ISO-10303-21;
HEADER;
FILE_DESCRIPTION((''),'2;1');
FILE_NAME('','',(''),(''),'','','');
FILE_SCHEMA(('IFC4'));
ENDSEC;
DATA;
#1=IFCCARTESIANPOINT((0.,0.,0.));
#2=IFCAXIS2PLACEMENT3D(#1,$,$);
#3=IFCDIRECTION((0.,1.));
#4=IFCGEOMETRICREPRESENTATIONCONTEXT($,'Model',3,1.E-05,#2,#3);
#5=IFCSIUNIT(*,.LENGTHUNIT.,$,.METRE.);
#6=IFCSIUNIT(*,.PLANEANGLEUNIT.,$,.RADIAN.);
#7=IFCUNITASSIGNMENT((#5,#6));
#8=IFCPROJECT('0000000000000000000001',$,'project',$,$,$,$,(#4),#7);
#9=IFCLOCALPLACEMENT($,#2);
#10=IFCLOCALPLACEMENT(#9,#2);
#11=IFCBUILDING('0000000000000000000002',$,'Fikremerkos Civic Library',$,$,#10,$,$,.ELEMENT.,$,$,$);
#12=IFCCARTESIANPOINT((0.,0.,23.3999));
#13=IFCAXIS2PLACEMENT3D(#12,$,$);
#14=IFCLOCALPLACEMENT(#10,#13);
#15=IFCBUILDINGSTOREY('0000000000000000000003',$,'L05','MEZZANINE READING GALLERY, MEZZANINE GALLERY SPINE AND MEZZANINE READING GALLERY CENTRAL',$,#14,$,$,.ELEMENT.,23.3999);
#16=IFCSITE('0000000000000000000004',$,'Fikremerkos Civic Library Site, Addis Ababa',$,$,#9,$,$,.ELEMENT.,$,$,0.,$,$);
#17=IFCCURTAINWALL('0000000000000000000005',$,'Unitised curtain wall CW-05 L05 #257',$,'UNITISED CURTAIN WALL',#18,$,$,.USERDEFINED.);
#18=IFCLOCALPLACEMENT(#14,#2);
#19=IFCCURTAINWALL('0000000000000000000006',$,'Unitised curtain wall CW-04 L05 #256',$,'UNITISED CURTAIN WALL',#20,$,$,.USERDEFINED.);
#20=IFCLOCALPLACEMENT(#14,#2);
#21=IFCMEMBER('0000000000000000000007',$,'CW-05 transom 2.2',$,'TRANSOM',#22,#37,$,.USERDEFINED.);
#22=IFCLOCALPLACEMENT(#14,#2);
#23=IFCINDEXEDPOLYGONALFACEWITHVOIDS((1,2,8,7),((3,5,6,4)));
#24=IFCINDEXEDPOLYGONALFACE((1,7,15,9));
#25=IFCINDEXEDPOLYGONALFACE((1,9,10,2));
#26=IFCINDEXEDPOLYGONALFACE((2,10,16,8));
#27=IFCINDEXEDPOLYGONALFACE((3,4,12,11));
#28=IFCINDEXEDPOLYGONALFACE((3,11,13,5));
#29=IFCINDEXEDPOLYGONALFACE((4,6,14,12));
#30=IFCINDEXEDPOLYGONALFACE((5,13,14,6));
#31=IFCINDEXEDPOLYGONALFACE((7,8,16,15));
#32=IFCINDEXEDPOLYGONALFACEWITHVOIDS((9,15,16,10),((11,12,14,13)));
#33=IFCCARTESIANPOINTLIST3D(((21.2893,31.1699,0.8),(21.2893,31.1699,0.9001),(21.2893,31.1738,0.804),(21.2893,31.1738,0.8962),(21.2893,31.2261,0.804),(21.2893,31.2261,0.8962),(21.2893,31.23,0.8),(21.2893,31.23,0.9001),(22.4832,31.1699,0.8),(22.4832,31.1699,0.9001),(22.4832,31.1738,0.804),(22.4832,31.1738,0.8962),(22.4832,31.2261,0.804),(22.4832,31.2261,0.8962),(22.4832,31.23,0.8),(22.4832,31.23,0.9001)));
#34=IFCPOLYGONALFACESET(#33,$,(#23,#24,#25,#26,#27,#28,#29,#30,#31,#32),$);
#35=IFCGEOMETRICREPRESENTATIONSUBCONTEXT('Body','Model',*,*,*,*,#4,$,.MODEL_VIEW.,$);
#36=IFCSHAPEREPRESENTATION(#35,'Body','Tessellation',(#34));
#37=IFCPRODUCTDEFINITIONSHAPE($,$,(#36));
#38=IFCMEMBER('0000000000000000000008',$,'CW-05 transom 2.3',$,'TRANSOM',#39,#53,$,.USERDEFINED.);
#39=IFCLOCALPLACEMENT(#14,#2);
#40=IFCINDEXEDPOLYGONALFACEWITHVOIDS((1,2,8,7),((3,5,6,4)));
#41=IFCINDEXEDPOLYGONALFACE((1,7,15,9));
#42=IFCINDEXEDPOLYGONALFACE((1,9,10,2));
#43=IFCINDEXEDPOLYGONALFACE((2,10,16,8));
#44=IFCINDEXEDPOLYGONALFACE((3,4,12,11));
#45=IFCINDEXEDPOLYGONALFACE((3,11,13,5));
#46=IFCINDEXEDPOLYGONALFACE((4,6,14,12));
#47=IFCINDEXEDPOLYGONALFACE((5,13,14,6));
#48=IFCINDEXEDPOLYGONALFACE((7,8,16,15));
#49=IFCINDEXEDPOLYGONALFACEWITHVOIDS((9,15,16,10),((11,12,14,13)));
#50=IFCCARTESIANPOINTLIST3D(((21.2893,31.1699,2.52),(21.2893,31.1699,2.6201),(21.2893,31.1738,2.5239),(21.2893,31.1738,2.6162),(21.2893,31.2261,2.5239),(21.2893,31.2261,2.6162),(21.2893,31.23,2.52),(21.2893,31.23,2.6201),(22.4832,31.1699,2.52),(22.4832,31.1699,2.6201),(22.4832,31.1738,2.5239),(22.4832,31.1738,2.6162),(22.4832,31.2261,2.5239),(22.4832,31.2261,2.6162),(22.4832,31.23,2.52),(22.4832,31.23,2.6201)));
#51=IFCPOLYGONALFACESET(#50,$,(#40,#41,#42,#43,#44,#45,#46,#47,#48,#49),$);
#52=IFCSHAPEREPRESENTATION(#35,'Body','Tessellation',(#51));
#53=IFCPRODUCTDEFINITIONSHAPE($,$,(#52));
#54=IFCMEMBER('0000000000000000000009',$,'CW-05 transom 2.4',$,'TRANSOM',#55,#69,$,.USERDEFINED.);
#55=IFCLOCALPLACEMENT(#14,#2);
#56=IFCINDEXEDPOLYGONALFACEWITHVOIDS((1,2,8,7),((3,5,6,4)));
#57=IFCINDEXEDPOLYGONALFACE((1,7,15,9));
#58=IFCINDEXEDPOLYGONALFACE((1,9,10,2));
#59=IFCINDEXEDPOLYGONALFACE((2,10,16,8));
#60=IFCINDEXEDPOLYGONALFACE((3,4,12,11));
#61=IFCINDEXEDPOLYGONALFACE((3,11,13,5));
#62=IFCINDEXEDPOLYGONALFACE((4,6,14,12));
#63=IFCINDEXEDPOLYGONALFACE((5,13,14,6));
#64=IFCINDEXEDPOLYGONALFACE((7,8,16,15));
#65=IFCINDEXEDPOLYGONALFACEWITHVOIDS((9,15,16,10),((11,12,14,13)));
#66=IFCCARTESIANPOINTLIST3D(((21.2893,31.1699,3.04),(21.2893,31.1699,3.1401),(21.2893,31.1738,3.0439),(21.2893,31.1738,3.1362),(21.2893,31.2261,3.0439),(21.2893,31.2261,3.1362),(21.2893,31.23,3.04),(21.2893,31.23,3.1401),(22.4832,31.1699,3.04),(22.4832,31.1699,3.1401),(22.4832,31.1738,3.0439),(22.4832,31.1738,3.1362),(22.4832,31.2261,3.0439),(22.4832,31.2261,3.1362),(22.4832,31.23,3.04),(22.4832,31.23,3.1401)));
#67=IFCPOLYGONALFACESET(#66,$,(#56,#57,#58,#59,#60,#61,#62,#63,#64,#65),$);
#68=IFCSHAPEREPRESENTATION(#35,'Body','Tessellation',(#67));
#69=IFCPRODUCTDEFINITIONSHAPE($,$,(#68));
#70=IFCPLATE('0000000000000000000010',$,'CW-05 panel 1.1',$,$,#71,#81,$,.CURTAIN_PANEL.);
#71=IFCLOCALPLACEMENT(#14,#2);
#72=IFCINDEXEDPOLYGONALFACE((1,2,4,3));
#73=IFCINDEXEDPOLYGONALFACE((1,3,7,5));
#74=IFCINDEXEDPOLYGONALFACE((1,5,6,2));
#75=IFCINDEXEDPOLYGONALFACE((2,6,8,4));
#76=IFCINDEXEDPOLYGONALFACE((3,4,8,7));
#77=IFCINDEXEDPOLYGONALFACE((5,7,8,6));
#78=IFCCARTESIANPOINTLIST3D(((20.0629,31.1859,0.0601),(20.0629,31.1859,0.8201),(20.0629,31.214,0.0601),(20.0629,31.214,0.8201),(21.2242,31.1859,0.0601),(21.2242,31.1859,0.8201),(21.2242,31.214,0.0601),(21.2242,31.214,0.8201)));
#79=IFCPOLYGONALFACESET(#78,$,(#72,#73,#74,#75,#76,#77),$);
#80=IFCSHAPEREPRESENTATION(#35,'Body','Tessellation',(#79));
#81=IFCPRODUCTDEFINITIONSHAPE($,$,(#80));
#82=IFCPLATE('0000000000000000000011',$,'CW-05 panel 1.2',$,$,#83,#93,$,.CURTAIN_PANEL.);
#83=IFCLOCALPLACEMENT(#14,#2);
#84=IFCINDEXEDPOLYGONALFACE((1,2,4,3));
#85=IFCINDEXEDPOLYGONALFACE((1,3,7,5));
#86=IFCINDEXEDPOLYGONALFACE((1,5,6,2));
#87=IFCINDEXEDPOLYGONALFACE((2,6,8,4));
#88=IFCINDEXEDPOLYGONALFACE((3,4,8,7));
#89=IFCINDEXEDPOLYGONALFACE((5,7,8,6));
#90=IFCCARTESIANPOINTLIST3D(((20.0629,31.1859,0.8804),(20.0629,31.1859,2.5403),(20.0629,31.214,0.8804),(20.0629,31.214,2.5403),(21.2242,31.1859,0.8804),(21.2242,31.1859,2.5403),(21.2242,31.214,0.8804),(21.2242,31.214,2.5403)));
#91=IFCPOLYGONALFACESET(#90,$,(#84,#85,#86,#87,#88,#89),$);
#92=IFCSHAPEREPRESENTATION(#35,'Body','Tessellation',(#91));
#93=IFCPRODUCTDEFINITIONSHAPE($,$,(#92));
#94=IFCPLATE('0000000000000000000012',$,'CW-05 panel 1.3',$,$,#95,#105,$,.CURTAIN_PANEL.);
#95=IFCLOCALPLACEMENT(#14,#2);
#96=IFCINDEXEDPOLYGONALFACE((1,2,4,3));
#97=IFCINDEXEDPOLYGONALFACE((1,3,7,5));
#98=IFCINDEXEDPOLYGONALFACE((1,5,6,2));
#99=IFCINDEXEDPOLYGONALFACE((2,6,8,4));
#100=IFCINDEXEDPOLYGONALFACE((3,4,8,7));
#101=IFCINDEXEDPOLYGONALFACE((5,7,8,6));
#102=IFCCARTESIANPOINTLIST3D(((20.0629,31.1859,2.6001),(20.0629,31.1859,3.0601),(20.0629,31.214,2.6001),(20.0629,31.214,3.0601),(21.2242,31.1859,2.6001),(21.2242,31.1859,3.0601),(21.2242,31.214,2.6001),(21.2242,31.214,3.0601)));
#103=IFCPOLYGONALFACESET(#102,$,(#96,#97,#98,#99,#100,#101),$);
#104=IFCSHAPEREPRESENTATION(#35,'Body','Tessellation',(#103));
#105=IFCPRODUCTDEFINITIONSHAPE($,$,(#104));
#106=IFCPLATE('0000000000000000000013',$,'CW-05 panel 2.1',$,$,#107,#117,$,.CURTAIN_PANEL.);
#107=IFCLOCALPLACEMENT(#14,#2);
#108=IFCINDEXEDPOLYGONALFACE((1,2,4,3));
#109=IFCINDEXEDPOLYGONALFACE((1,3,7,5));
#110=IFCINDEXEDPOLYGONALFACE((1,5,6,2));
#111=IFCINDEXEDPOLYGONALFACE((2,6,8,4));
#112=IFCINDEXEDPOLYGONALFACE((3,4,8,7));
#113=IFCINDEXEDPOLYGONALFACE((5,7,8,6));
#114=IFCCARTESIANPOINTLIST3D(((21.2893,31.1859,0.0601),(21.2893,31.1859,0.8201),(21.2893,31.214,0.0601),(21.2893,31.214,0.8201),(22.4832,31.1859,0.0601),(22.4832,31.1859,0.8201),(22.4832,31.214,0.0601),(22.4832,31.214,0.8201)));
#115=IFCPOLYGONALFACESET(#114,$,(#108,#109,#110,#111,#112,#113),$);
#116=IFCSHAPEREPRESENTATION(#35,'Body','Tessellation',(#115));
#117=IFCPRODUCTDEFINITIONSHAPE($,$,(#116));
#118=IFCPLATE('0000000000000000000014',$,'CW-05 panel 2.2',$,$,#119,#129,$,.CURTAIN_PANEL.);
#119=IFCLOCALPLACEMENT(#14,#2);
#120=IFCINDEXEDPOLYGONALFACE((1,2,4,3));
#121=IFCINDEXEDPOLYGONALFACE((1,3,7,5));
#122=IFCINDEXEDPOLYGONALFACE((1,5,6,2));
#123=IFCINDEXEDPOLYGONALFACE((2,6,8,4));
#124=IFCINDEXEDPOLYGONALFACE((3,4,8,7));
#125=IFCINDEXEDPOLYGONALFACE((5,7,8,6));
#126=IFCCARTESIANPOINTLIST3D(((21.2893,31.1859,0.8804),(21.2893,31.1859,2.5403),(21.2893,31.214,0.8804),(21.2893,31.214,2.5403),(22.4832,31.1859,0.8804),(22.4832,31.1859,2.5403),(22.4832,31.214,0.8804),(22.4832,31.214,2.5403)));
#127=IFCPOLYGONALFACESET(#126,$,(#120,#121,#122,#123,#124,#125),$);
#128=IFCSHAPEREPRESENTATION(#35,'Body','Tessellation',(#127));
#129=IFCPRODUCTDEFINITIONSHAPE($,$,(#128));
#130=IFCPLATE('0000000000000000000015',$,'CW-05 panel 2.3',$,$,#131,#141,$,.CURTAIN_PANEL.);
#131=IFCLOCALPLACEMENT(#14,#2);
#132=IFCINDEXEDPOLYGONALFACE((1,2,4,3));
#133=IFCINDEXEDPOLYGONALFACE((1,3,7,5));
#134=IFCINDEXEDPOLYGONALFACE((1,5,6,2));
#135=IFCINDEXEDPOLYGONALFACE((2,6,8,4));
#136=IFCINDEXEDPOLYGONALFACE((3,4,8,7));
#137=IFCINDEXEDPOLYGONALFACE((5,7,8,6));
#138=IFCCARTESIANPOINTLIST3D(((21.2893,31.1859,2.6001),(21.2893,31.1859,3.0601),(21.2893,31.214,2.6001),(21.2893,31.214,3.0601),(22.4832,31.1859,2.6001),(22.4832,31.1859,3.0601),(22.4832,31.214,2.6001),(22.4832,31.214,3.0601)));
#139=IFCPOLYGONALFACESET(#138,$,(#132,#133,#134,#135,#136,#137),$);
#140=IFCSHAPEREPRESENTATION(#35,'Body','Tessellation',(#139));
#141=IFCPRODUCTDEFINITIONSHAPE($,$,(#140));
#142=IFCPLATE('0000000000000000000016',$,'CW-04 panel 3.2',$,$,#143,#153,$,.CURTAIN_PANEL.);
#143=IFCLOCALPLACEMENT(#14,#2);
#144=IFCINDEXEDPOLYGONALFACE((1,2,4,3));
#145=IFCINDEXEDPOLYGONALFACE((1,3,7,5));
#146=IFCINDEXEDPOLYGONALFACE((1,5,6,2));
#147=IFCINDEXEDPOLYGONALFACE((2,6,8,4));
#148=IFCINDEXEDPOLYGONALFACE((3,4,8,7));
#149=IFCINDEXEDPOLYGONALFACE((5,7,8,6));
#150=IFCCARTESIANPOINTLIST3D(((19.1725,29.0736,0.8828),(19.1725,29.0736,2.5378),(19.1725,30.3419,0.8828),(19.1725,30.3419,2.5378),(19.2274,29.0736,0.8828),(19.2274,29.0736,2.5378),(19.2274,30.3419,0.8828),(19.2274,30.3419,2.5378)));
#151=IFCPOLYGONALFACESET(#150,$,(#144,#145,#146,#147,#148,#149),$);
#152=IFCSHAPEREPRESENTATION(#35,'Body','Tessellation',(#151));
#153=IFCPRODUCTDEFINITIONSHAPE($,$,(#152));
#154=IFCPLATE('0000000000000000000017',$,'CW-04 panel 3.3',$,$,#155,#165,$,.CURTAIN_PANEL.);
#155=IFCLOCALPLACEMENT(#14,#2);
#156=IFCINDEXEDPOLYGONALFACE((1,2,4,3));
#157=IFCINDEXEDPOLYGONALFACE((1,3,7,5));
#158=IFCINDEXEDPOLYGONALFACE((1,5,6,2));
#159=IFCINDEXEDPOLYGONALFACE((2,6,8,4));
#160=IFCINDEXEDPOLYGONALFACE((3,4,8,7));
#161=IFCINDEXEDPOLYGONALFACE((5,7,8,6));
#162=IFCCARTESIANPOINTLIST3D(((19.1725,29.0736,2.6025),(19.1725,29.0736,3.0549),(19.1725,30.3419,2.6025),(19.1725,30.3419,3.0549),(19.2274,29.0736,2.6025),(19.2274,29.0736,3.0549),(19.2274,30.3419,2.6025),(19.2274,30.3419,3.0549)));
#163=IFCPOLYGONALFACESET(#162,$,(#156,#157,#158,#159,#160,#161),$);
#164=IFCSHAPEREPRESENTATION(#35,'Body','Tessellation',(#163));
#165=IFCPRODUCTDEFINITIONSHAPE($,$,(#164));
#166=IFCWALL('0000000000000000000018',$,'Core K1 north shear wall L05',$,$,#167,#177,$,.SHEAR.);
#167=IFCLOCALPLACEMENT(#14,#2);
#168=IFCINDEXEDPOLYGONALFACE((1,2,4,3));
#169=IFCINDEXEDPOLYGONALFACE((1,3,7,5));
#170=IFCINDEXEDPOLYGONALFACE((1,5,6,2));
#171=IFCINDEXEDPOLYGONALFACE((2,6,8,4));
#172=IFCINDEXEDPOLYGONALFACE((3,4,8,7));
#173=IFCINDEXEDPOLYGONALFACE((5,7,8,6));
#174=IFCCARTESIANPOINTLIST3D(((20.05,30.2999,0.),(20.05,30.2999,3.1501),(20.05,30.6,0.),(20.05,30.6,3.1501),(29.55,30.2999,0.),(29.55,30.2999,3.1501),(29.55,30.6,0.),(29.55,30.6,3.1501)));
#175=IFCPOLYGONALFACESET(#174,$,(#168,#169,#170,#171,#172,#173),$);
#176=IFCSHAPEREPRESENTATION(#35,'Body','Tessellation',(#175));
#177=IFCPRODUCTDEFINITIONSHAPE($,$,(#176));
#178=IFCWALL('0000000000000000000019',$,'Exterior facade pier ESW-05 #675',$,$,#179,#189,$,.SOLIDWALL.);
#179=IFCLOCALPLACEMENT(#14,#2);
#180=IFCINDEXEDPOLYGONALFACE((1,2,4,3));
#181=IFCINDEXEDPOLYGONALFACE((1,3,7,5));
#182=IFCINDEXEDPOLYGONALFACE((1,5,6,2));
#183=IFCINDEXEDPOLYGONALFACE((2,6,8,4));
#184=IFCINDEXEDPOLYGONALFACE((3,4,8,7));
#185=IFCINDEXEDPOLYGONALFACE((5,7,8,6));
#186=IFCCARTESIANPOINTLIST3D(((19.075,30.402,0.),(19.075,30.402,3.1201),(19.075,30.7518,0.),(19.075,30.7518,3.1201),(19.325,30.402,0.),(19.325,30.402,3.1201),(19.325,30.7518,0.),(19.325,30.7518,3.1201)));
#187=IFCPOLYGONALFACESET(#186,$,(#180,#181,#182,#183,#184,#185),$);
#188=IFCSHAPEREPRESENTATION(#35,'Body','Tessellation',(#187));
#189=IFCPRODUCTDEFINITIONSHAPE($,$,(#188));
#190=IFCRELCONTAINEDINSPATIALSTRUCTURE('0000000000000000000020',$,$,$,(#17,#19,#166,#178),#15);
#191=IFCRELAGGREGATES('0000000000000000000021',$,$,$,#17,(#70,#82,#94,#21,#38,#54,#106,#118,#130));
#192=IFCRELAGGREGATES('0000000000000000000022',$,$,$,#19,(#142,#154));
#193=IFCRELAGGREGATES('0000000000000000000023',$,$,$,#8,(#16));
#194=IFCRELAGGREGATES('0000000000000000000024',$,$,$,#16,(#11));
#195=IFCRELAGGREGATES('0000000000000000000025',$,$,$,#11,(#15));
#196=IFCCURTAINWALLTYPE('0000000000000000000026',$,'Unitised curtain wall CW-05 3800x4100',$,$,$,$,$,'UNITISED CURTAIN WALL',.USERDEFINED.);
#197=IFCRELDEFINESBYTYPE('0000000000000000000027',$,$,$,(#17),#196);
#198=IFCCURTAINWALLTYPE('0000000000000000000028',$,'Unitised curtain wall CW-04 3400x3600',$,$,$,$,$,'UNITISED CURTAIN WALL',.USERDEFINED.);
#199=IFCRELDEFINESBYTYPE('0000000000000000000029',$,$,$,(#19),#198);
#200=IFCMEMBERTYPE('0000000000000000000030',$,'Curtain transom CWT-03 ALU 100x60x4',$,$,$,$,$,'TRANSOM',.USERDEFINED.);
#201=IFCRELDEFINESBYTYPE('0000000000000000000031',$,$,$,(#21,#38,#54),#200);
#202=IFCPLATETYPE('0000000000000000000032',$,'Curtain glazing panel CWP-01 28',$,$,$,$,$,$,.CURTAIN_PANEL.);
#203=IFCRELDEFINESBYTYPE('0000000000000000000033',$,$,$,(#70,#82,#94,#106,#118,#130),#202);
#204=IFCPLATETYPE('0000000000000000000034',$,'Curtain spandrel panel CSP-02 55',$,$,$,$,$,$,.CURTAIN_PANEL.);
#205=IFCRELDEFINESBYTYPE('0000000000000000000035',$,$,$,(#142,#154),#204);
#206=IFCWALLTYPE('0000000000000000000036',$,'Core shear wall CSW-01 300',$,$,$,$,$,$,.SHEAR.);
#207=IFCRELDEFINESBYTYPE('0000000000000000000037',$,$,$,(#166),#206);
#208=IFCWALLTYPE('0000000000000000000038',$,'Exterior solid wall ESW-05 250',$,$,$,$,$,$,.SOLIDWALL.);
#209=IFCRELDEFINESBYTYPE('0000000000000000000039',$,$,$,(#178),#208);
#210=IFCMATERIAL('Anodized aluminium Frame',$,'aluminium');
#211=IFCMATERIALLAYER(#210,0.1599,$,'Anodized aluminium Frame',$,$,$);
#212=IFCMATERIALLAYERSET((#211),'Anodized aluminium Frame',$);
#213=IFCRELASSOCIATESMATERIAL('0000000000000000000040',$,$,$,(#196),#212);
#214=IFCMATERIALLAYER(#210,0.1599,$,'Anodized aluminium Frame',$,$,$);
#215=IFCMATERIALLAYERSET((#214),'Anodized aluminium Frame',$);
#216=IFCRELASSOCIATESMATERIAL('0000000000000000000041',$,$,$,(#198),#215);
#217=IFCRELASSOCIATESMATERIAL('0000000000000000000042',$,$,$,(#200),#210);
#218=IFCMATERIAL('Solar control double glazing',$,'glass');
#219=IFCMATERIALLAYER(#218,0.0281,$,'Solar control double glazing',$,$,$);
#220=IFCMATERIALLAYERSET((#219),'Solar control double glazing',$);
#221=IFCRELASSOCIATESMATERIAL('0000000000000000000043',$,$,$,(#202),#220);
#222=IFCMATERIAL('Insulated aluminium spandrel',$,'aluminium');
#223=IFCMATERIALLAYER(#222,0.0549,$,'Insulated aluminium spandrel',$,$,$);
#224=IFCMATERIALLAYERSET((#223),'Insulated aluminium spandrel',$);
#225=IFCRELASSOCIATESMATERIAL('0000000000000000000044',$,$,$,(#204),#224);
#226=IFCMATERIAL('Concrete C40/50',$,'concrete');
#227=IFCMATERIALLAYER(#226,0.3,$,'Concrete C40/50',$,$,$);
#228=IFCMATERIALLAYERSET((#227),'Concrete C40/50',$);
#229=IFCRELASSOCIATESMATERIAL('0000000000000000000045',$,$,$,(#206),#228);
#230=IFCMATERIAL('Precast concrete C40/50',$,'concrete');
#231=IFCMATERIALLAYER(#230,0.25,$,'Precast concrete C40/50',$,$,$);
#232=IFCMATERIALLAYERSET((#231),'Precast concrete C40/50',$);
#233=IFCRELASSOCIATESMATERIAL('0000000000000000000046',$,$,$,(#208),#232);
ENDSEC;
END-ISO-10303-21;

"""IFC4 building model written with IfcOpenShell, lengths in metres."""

from ifc_helpers import new_model, si_unit, direction, frame, frame_2d, origin, origin_2d, place, context, subcontext, project, spatial, rectangle, hollow_rectangle, extrude, material, layer, layer_set, material_profile, profile_set, type_object, element, aggregate, save


model = new_model("IFC4")

# Units and contexts
model_context = context("Model", 3, precision=1e-05, world=origin(), true_north=direction((0.0, 1.0)))
body_context = subcontext(model_context, "Body", "Model", "MODEL_VIEW")
ifc_project = project(units=[si_unit("LENGTHUNIT", "METRE"), si_unit("PLANEANGLEUNIT", "RADIAN")], contexts=[model_context])

# Site, building, storey
site_placement = place(None, origin())
site = spatial("IfcSite", under=ifc_project, at=site_placement, Name="Fikremerkos Civic Library Site, Addis Ababa", CompositionType="ELEMENT", RefElevation=0.0)
building_placement = place(site_placement, origin())
building = spatial("IfcBuilding", under=site, at=building_placement, Name="Fikremerkos Civic Library", CompositionType="ELEMENT")
storey_placement = place(building_placement, frame((0.0, 0.0, 23.3999)))
storey = spatial("IfcBuildingStorey", under=building, at=storey_placement, Name="L05", Description="MEZZANINE READING GALLERY, MEZZANINE GALLERY SPINE AND MEZZANINE READING GALLERY CENTRAL", CompositionType="ELEMENT", Elevation=23.3999)

# Curtain wall
ifc_material_1 = material(Name="Anodized aluminium Frame", Category="aluminium")
ifc_layer_1 = layer(ifc_material_1, 0.1599, Name="Anodized aluminium Frame")
ifc_layer_set_1 = layer_set([ifc_layer_1], Name="Anodized aluminium Frame")
curtain_wall_type_1 = type_object("IfcCurtainWallType", Name="Unitised curtain wall CW-05 3800x4100", ElementType="UNITISED CURTAIN WALL", PredefinedType="USERDEFINED", material=ifc_layer_set_1)
curtain_wall_1_placement = place(storey_placement, origin())
curtain_wall_1 = element("IfcCurtainWall", 1, at=curtain_wall_1_placement, inside=storey, type_object=curtain_wall_type_1, Name="Unitised curtain wall CW-05 L05 #257", ObjectType="UNITISED CURTAIN WALL", PredefinedType="USERDEFINED")

# Curtain wall
ifc_layer_2 = layer(ifc_material_1, 0.1599, Name="Anodized aluminium Frame")
ifc_layer_set_2 = layer_set([ifc_layer_2], Name="Anodized aluminium Frame")
curtain_wall_type_2 = type_object("IfcCurtainWallType", Name="Unitised curtain wall CW-04 3400x3600", ElementType="UNITISED CURTAIN WALL", PredefinedType="USERDEFINED", material=ifc_layer_set_2)
curtain_wall_2_placement = place(storey_placement, origin())
curtain_wall_2 = element("IfcCurtainWall", 2, at=curtain_wall_2_placement, inside=storey, type_object=curtain_wall_type_2, Name="Unitised curtain wall CW-04 L05 #256", ObjectType="UNITISED CURTAIN WALL", PredefinedType="USERDEFINED")

# Members
ifc_material_profile_1 = material_profile(ifc_material_1, hollow_rectangle(XDim=0.0601, YDim=0.1001, WallThickness=0.0039, at=origin_2d()), Name="ALU 100x60x4")
ifc_profile_set_1 = profile_set([ifc_material_profile_1], Name="Anodized aluminium Frame")
member_type_1 = type_object("IfcMemberType", Name="Curtain transom CWT-03 ALU 100x60x4", ElementType="TRANSOM", PredefinedType="USERDEFINED", material=ifc_profile_set_1)
member_1_placement = place(storey_placement, frame((21.2893, 31.2, 0.8501), z_axis=(1.0, 0.0, 0.0), x_axis=(0.0, 1.0, 0.0)))
member_1 = element("IfcMember", 3, at=member_1_placement, type_object=member_type_1, Name="CW-05 transom 2.2", ObjectType="TRANSOM", PredefinedType="USERDEFINED", context=body_context, shape_type="SweptSolid", body=[
    extrude(hollow_rectangle(XDim=0.0601, YDim=0.1001, WallThickness=0.0039, at=origin_2d()), origin(), (0.0, 0.0, 1.0), 1.1938),
])
member_2_placement = place(storey_placement, frame((21.2893, 31.2, 2.5701), z_axis=(1.0, 0.0, 0.0), x_axis=(0.0, 1.0, 0.0)))
member_2 = element("IfcMember", 4, at=member_2_placement, type_object=member_type_1, Name="CW-05 transom 2.3", ObjectType="TRANSOM", PredefinedType="USERDEFINED", context=body_context, shape_type="SweptSolid", body=[
    extrude(hollow_rectangle(XDim=0.0601, YDim=0.1001, WallThickness=0.0039, at=origin_2d()), origin(), (0.0, 0.0, 1.0), 1.1938),
])
member_3_placement = place(storey_placement, frame((21.2893, 31.2, 3.0901), z_axis=(1.0, 0.0, 0.0), x_axis=(0.0, 1.0, 0.0)))
member_3 = element("IfcMember", 5, at=member_3_placement, type_object=member_type_1, Name="CW-05 transom 2.4", ObjectType="TRANSOM", PredefinedType="USERDEFINED", context=body_context, shape_type="SweptSolid", body=[
    extrude(hollow_rectangle(XDim=0.0601, YDim=0.1001, WallThickness=0.0039, at=origin_2d()), origin(), (0.0, 0.0, 1.0), 1.1938),
])

# Plates
ifc_material_2 = material(Name="Solar control double glazing", Category="glass")
ifc_layer_3 = layer(ifc_material_2, 0.0281, Name="Solar control double glazing")
ifc_layer_set_3 = layer_set([ifc_layer_3], Name="Solar control double glazing")
plate_type_1 = type_object("IfcPlateType", Name="Curtain glazing panel CWP-01 28", PredefinedType="CURTAIN_PANEL", material=ifc_layer_set_3)
plate_1_placement = place(storey_placement, frame((20.6436, 31.2, 0.0601), z_axis=(0.0, 0.0, 1.0), x_axis=(1.0, 0.0, 0.0)))
plate_1 = element("IfcPlate", 6, at=plate_1_placement, type_object=plate_type_1, Name="CW-05 panel 1.1", PredefinedType="CURTAIN_PANEL", context=body_context, shape_type="SweptSolid", body=[
    extrude(rectangle(XDim=1.1614, YDim=0.0281, at=origin_2d()), origin(), (0.0, 0.0, 1.0), 0.76),
])
plate_2_placement = place(storey_placement, frame((20.6436, 31.2, 0.8804), z_axis=(0.0, 0.0, 1.0), x_axis=(1.0, 0.0, 0.0)))
plate_2 = element("IfcPlate", 7, at=plate_2_placement, type_object=plate_type_1, Name="CW-05 panel 1.2", PredefinedType="CURTAIN_PANEL", context=body_context, shape_type="SweptSolid", body=[
    extrude(rectangle(XDim=1.1614, YDim=0.0281, at=origin_2d()), origin(), (0.0, 0.0, 1.0), 1.6599),
])
plate_3_placement = place(storey_placement, frame((20.6436, 31.2, 2.6001), z_axis=(0.0, 0.0, 1.0), x_axis=(1.0, 0.0, 0.0)))
plate_3 = element("IfcPlate", 8, at=plate_3_placement, type_object=plate_type_1, Name="CW-05 panel 1.3", PredefinedType="CURTAIN_PANEL", context=body_context, shape_type="SweptSolid", body=[
    extrude(rectangle(XDim=1.1614, YDim=0.0281, at=origin_2d()), origin(), (0.0, 0.0, 1.0), 0.46),
])
plate_4_placement = place(storey_placement, frame((21.8862, 31.2, 0.0601), z_axis=(0.0, 0.0, 1.0), x_axis=(1.0, 0.0, 0.0)))
plate_4 = element("IfcPlate", 9, at=plate_4_placement, type_object=plate_type_1, Name="CW-05 panel 2.1", PredefinedType="CURTAIN_PANEL", context=body_context, shape_type="SweptSolid", body=[
    extrude(rectangle(XDim=1.1938, YDim=0.0281, at=origin_2d()), origin(), (0.0, 0.0, 1.0), 0.76),
])
plate_5_placement = place(storey_placement, frame((21.8862, 31.2, 0.8804), z_axis=(0.0, 0.0, 1.0), x_axis=(1.0, 0.0, 0.0)))
plate_5 = element("IfcPlate", 10, at=plate_5_placement, type_object=plate_type_1, Name="CW-05 panel 2.2", PredefinedType="CURTAIN_PANEL", context=body_context, shape_type="SweptSolid", body=[
    extrude(rectangle(XDim=1.1938, YDim=0.0281, at=origin_2d()), origin(), (0.0, 0.0, 1.0), 1.6599),
])
plate_6_placement = place(storey_placement, frame((21.8862, 31.2, 2.6001), z_axis=(0.0, 0.0, 1.0), x_axis=(1.0, 0.0, 0.0)))
plate_6 = element("IfcPlate", 11, at=plate_6_placement, type_object=plate_type_1, Name="CW-05 panel 2.3", PredefinedType="CURTAIN_PANEL", context=body_context, shape_type="SweptSolid", body=[
    extrude(rectangle(XDim=1.1938, YDim=0.0281, at=origin_2d()), origin(), (0.0, 0.0, 1.0), 0.46),
])
aggregate(curtain_wall_1, [plate_1, plate_2, plate_3, member_1, member_2, member_3, plate_4, plate_5, plate_6])
ifc_material_3 = material(Name="Insulated aluminium spandrel", Category="aluminium")
ifc_layer_4 = layer(ifc_material_3, 0.0549, Name="Insulated aluminium spandrel")
ifc_layer_set_4 = layer_set([ifc_layer_4], Name="Insulated aluminium spandrel")
plate_type_2 = type_object("IfcPlateType", Name="Curtain spandrel panel CSP-02 55", PredefinedType="CURTAIN_PANEL", material=ifc_layer_set_4)
plate_7_placement = place(storey_placement, frame((19.2, 29.7078, 0.8828), z_axis=(0.0, 0.0, 1.0), x_axis=(0.0, 1.0, 0.0)))
plate_7 = element("IfcPlate", 12, at=plate_7_placement, type_object=plate_type_2, Name="CW-04 panel 3.2", PredefinedType="CURTAIN_PANEL", context=body_context, shape_type="SweptSolid", body=[
    extrude(rectangle(XDim=1.2683, YDim=0.0549, at=origin_2d()), origin(), (0.0, 0.0, 1.0), 1.655),
])
plate_8_placement = place(storey_placement, frame((19.2, 29.7078, 2.6025), z_axis=(0.0, 0.0, 1.0), x_axis=(0.0, 1.0, 0.0)))
plate_8 = element("IfcPlate", 13, at=plate_8_placement, type_object=plate_type_2, Name="CW-04 panel 3.3", PredefinedType="CURTAIN_PANEL", context=body_context, shape_type="SweptSolid", body=[
    extrude(rectangle(XDim=1.2683, YDim=0.0549, at=origin_2d()), origin(), (0.0, 0.0, 1.0), 0.4524),
])
aggregate(curtain_wall_2, [plate_7, plate_8])

# Walls
ifc_material_4 = material(Name="Concrete C40/50", Category="concrete")
ifc_layer_5 = layer(ifc_material_4, 0.3, Name="Concrete C40/50")
ifc_layer_set_5 = layer_set([ifc_layer_5], Name="Concrete C40/50")
wall_type_1 = type_object("IfcWallType", Name="Core shear wall CSW-01 300", PredefinedType="SHEAR", material=ifc_layer_set_5)
wall_1_placement = place(storey_placement, frame((20.05, 30.45, 0.0), z_axis=(0.0, 0.0, 1.0), x_axis=(1.0, 0.0, 0.0)))
element("IfcWall", 14, at=wall_1_placement, inside=storey, type_object=wall_type_1, Name="Core K1 north shear wall L05", PredefinedType="SHEAR", context=body_context, shape_type="SweptSolid", body=[
    extrude(rectangle(XDim=9.5, YDim=0.3, at=frame_2d((4.75, 0.0))), origin(), (0.0, 0.0, 1.0), 3.1501),
])
ifc_material_5 = material(Name="Precast concrete C40/50", Category="concrete")
ifc_layer_6 = layer(ifc_material_5, 0.25, Name="Precast concrete C40/50")
ifc_layer_set_6 = layer_set([ifc_layer_6], Name="Precast concrete C40/50")
wall_type_2 = type_object("IfcWallType", Name="Exterior solid wall ESW-05 250", PredefinedType="SOLIDWALL", material=ifc_layer_set_6)
wall_2_placement = place(storey_placement, frame((19.2, 30.4021, 0.0), z_axis=(0.0, 0.0, 1.0), x_axis=(0.0, 1.0, 0.0)))
element("IfcWall", 15, at=wall_2_placement, inside=storey, type_object=wall_type_2, Name="Exterior facade pier ESW-05 #675", PredefinedType="SOLIDWALL", context=body_context, shape_type="SweptSolid", body=[
    extrude(rectangle(XDim=0.3499, YDim=0.25, at=frame_2d((0.1748, 0.0))), origin(), (0.0, 0.0, 1.0), 3.1201),
])

save(model, "model.ifc")
